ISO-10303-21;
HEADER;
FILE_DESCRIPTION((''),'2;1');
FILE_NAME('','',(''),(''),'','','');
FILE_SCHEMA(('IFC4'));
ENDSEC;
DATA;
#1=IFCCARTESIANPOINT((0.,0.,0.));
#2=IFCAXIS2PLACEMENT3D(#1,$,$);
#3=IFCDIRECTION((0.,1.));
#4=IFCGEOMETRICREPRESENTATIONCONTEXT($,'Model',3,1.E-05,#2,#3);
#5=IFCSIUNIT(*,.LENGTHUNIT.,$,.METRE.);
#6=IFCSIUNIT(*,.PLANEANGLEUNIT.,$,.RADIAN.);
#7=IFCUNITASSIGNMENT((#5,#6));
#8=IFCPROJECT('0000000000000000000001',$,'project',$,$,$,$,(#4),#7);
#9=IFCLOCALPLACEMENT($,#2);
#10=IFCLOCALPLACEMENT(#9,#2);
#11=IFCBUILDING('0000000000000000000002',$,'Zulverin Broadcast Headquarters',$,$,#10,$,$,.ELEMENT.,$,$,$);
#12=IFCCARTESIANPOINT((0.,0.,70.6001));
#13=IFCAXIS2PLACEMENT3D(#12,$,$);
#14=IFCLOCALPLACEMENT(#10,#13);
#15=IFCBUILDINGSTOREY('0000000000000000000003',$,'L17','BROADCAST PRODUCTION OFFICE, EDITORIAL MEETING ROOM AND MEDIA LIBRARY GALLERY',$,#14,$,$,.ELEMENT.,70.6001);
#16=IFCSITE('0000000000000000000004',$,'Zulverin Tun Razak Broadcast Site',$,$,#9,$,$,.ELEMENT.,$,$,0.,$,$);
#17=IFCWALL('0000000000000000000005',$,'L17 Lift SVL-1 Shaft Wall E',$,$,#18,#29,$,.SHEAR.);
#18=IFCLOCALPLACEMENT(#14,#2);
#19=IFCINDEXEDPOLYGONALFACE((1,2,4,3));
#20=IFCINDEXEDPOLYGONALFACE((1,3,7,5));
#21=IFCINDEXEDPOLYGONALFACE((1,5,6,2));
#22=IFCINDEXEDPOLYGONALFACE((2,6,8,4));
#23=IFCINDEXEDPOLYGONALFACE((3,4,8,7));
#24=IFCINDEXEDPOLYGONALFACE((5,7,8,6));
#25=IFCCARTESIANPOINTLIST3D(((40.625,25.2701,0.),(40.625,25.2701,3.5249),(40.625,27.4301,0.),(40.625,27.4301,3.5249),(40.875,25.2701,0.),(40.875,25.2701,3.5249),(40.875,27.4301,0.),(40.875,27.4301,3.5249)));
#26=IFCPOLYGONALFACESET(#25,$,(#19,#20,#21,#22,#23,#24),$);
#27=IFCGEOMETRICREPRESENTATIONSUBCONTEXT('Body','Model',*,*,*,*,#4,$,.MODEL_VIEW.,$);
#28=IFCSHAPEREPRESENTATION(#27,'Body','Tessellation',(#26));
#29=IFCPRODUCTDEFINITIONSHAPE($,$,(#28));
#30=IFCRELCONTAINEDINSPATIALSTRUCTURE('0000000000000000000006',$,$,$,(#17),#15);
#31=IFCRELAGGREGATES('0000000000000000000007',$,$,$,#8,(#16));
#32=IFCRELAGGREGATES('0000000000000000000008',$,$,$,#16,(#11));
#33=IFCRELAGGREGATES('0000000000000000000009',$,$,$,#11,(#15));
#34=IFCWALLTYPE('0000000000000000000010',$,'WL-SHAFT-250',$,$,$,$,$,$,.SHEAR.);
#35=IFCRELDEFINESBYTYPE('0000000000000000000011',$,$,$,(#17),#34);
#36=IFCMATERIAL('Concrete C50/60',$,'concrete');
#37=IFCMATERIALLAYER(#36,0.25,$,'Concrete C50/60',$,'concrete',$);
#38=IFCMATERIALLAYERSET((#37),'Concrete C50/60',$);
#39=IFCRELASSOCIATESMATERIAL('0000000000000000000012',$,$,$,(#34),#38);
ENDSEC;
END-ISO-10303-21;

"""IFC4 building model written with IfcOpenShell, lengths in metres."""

from ifc_helpers import new_model, si_unit, direction, frame, frame_2d, origin, place, context, subcontext, project, spatial, rectangle, extrude, material, layer, layer_set, type_object, element, save


model = new_model("IFC4")

# Units and contexts
model_context = context("Model", 3, precision=1e-05, world=origin(), true_north=direction((0.0, 1.0)))
body_context = subcontext(model_context, "Body", "Model", "MODEL_VIEW")
ifc_project = project(units=[si_unit("LENGTHUNIT", "METRE"), si_unit("PLANEANGLEUNIT", "RADIAN")], contexts=[model_context])

# Site, building, storey
site_placement = place(None, origin())
site = spatial("IfcSite", under=ifc_project, at=site_placement, Name="Zulverin Tun Razak Broadcast Site", CompositionType="ELEMENT", RefElevation=0.0)
building_placement = place(site_placement, origin())
building = spatial("IfcBuilding", under=site, at=building_placement, Name="Zulverin Broadcast Headquarters", CompositionType="ELEMENT")
storey_placement = place(building_placement, frame((0.0, 0.0, 70.6001)))
storey = spatial("IfcBuildingStorey", under=building, at=storey_placement, Name="L17", Description="BROADCAST PRODUCTION OFFICE, EDITORIAL MEETING ROOM AND MEDIA LIBRARY GALLERY", CompositionType="ELEMENT", Elevation=70.6001)

# Shared definitions
ifc_material_1 = material(Name="Concrete C50/60", Category="concrete")
ifc_layer_1 = layer(ifc_material_1, 0.25, Name="Concrete C50/60", Category="concrete")
ifc_layer_set_1 = layer_set([ifc_layer_1], Name="Concrete C50/60")
wall_type_1 = type_object("IfcWallType", Name="WL-SHAFT-250", PredefinedType="SHEAR", material=ifc_layer_set_1)

# Wall
wall_1_placement = place(storey_placement, frame((40.75, 25.27, 0.0), z_axis=(0.0, 0.0, 1.0), x_axis=(0.0, 1.0, 0.0)))
element("IfcWall", 1, at=wall_1_placement, inside=storey, type_object=wall_type_1, Name="L17 Lift SVL-1 Shaft Wall E", PredefinedType="SHEAR", context=body_context, shape_type="SweptSolid", body=[
    extrude(rectangle(XDim=2.1599, YDim=0.25, at=frame_2d((1.0801, 0.0))), origin(), (0.0, 0.0, 1.0), 3.5249),
])

save(model, "model.ifc")
